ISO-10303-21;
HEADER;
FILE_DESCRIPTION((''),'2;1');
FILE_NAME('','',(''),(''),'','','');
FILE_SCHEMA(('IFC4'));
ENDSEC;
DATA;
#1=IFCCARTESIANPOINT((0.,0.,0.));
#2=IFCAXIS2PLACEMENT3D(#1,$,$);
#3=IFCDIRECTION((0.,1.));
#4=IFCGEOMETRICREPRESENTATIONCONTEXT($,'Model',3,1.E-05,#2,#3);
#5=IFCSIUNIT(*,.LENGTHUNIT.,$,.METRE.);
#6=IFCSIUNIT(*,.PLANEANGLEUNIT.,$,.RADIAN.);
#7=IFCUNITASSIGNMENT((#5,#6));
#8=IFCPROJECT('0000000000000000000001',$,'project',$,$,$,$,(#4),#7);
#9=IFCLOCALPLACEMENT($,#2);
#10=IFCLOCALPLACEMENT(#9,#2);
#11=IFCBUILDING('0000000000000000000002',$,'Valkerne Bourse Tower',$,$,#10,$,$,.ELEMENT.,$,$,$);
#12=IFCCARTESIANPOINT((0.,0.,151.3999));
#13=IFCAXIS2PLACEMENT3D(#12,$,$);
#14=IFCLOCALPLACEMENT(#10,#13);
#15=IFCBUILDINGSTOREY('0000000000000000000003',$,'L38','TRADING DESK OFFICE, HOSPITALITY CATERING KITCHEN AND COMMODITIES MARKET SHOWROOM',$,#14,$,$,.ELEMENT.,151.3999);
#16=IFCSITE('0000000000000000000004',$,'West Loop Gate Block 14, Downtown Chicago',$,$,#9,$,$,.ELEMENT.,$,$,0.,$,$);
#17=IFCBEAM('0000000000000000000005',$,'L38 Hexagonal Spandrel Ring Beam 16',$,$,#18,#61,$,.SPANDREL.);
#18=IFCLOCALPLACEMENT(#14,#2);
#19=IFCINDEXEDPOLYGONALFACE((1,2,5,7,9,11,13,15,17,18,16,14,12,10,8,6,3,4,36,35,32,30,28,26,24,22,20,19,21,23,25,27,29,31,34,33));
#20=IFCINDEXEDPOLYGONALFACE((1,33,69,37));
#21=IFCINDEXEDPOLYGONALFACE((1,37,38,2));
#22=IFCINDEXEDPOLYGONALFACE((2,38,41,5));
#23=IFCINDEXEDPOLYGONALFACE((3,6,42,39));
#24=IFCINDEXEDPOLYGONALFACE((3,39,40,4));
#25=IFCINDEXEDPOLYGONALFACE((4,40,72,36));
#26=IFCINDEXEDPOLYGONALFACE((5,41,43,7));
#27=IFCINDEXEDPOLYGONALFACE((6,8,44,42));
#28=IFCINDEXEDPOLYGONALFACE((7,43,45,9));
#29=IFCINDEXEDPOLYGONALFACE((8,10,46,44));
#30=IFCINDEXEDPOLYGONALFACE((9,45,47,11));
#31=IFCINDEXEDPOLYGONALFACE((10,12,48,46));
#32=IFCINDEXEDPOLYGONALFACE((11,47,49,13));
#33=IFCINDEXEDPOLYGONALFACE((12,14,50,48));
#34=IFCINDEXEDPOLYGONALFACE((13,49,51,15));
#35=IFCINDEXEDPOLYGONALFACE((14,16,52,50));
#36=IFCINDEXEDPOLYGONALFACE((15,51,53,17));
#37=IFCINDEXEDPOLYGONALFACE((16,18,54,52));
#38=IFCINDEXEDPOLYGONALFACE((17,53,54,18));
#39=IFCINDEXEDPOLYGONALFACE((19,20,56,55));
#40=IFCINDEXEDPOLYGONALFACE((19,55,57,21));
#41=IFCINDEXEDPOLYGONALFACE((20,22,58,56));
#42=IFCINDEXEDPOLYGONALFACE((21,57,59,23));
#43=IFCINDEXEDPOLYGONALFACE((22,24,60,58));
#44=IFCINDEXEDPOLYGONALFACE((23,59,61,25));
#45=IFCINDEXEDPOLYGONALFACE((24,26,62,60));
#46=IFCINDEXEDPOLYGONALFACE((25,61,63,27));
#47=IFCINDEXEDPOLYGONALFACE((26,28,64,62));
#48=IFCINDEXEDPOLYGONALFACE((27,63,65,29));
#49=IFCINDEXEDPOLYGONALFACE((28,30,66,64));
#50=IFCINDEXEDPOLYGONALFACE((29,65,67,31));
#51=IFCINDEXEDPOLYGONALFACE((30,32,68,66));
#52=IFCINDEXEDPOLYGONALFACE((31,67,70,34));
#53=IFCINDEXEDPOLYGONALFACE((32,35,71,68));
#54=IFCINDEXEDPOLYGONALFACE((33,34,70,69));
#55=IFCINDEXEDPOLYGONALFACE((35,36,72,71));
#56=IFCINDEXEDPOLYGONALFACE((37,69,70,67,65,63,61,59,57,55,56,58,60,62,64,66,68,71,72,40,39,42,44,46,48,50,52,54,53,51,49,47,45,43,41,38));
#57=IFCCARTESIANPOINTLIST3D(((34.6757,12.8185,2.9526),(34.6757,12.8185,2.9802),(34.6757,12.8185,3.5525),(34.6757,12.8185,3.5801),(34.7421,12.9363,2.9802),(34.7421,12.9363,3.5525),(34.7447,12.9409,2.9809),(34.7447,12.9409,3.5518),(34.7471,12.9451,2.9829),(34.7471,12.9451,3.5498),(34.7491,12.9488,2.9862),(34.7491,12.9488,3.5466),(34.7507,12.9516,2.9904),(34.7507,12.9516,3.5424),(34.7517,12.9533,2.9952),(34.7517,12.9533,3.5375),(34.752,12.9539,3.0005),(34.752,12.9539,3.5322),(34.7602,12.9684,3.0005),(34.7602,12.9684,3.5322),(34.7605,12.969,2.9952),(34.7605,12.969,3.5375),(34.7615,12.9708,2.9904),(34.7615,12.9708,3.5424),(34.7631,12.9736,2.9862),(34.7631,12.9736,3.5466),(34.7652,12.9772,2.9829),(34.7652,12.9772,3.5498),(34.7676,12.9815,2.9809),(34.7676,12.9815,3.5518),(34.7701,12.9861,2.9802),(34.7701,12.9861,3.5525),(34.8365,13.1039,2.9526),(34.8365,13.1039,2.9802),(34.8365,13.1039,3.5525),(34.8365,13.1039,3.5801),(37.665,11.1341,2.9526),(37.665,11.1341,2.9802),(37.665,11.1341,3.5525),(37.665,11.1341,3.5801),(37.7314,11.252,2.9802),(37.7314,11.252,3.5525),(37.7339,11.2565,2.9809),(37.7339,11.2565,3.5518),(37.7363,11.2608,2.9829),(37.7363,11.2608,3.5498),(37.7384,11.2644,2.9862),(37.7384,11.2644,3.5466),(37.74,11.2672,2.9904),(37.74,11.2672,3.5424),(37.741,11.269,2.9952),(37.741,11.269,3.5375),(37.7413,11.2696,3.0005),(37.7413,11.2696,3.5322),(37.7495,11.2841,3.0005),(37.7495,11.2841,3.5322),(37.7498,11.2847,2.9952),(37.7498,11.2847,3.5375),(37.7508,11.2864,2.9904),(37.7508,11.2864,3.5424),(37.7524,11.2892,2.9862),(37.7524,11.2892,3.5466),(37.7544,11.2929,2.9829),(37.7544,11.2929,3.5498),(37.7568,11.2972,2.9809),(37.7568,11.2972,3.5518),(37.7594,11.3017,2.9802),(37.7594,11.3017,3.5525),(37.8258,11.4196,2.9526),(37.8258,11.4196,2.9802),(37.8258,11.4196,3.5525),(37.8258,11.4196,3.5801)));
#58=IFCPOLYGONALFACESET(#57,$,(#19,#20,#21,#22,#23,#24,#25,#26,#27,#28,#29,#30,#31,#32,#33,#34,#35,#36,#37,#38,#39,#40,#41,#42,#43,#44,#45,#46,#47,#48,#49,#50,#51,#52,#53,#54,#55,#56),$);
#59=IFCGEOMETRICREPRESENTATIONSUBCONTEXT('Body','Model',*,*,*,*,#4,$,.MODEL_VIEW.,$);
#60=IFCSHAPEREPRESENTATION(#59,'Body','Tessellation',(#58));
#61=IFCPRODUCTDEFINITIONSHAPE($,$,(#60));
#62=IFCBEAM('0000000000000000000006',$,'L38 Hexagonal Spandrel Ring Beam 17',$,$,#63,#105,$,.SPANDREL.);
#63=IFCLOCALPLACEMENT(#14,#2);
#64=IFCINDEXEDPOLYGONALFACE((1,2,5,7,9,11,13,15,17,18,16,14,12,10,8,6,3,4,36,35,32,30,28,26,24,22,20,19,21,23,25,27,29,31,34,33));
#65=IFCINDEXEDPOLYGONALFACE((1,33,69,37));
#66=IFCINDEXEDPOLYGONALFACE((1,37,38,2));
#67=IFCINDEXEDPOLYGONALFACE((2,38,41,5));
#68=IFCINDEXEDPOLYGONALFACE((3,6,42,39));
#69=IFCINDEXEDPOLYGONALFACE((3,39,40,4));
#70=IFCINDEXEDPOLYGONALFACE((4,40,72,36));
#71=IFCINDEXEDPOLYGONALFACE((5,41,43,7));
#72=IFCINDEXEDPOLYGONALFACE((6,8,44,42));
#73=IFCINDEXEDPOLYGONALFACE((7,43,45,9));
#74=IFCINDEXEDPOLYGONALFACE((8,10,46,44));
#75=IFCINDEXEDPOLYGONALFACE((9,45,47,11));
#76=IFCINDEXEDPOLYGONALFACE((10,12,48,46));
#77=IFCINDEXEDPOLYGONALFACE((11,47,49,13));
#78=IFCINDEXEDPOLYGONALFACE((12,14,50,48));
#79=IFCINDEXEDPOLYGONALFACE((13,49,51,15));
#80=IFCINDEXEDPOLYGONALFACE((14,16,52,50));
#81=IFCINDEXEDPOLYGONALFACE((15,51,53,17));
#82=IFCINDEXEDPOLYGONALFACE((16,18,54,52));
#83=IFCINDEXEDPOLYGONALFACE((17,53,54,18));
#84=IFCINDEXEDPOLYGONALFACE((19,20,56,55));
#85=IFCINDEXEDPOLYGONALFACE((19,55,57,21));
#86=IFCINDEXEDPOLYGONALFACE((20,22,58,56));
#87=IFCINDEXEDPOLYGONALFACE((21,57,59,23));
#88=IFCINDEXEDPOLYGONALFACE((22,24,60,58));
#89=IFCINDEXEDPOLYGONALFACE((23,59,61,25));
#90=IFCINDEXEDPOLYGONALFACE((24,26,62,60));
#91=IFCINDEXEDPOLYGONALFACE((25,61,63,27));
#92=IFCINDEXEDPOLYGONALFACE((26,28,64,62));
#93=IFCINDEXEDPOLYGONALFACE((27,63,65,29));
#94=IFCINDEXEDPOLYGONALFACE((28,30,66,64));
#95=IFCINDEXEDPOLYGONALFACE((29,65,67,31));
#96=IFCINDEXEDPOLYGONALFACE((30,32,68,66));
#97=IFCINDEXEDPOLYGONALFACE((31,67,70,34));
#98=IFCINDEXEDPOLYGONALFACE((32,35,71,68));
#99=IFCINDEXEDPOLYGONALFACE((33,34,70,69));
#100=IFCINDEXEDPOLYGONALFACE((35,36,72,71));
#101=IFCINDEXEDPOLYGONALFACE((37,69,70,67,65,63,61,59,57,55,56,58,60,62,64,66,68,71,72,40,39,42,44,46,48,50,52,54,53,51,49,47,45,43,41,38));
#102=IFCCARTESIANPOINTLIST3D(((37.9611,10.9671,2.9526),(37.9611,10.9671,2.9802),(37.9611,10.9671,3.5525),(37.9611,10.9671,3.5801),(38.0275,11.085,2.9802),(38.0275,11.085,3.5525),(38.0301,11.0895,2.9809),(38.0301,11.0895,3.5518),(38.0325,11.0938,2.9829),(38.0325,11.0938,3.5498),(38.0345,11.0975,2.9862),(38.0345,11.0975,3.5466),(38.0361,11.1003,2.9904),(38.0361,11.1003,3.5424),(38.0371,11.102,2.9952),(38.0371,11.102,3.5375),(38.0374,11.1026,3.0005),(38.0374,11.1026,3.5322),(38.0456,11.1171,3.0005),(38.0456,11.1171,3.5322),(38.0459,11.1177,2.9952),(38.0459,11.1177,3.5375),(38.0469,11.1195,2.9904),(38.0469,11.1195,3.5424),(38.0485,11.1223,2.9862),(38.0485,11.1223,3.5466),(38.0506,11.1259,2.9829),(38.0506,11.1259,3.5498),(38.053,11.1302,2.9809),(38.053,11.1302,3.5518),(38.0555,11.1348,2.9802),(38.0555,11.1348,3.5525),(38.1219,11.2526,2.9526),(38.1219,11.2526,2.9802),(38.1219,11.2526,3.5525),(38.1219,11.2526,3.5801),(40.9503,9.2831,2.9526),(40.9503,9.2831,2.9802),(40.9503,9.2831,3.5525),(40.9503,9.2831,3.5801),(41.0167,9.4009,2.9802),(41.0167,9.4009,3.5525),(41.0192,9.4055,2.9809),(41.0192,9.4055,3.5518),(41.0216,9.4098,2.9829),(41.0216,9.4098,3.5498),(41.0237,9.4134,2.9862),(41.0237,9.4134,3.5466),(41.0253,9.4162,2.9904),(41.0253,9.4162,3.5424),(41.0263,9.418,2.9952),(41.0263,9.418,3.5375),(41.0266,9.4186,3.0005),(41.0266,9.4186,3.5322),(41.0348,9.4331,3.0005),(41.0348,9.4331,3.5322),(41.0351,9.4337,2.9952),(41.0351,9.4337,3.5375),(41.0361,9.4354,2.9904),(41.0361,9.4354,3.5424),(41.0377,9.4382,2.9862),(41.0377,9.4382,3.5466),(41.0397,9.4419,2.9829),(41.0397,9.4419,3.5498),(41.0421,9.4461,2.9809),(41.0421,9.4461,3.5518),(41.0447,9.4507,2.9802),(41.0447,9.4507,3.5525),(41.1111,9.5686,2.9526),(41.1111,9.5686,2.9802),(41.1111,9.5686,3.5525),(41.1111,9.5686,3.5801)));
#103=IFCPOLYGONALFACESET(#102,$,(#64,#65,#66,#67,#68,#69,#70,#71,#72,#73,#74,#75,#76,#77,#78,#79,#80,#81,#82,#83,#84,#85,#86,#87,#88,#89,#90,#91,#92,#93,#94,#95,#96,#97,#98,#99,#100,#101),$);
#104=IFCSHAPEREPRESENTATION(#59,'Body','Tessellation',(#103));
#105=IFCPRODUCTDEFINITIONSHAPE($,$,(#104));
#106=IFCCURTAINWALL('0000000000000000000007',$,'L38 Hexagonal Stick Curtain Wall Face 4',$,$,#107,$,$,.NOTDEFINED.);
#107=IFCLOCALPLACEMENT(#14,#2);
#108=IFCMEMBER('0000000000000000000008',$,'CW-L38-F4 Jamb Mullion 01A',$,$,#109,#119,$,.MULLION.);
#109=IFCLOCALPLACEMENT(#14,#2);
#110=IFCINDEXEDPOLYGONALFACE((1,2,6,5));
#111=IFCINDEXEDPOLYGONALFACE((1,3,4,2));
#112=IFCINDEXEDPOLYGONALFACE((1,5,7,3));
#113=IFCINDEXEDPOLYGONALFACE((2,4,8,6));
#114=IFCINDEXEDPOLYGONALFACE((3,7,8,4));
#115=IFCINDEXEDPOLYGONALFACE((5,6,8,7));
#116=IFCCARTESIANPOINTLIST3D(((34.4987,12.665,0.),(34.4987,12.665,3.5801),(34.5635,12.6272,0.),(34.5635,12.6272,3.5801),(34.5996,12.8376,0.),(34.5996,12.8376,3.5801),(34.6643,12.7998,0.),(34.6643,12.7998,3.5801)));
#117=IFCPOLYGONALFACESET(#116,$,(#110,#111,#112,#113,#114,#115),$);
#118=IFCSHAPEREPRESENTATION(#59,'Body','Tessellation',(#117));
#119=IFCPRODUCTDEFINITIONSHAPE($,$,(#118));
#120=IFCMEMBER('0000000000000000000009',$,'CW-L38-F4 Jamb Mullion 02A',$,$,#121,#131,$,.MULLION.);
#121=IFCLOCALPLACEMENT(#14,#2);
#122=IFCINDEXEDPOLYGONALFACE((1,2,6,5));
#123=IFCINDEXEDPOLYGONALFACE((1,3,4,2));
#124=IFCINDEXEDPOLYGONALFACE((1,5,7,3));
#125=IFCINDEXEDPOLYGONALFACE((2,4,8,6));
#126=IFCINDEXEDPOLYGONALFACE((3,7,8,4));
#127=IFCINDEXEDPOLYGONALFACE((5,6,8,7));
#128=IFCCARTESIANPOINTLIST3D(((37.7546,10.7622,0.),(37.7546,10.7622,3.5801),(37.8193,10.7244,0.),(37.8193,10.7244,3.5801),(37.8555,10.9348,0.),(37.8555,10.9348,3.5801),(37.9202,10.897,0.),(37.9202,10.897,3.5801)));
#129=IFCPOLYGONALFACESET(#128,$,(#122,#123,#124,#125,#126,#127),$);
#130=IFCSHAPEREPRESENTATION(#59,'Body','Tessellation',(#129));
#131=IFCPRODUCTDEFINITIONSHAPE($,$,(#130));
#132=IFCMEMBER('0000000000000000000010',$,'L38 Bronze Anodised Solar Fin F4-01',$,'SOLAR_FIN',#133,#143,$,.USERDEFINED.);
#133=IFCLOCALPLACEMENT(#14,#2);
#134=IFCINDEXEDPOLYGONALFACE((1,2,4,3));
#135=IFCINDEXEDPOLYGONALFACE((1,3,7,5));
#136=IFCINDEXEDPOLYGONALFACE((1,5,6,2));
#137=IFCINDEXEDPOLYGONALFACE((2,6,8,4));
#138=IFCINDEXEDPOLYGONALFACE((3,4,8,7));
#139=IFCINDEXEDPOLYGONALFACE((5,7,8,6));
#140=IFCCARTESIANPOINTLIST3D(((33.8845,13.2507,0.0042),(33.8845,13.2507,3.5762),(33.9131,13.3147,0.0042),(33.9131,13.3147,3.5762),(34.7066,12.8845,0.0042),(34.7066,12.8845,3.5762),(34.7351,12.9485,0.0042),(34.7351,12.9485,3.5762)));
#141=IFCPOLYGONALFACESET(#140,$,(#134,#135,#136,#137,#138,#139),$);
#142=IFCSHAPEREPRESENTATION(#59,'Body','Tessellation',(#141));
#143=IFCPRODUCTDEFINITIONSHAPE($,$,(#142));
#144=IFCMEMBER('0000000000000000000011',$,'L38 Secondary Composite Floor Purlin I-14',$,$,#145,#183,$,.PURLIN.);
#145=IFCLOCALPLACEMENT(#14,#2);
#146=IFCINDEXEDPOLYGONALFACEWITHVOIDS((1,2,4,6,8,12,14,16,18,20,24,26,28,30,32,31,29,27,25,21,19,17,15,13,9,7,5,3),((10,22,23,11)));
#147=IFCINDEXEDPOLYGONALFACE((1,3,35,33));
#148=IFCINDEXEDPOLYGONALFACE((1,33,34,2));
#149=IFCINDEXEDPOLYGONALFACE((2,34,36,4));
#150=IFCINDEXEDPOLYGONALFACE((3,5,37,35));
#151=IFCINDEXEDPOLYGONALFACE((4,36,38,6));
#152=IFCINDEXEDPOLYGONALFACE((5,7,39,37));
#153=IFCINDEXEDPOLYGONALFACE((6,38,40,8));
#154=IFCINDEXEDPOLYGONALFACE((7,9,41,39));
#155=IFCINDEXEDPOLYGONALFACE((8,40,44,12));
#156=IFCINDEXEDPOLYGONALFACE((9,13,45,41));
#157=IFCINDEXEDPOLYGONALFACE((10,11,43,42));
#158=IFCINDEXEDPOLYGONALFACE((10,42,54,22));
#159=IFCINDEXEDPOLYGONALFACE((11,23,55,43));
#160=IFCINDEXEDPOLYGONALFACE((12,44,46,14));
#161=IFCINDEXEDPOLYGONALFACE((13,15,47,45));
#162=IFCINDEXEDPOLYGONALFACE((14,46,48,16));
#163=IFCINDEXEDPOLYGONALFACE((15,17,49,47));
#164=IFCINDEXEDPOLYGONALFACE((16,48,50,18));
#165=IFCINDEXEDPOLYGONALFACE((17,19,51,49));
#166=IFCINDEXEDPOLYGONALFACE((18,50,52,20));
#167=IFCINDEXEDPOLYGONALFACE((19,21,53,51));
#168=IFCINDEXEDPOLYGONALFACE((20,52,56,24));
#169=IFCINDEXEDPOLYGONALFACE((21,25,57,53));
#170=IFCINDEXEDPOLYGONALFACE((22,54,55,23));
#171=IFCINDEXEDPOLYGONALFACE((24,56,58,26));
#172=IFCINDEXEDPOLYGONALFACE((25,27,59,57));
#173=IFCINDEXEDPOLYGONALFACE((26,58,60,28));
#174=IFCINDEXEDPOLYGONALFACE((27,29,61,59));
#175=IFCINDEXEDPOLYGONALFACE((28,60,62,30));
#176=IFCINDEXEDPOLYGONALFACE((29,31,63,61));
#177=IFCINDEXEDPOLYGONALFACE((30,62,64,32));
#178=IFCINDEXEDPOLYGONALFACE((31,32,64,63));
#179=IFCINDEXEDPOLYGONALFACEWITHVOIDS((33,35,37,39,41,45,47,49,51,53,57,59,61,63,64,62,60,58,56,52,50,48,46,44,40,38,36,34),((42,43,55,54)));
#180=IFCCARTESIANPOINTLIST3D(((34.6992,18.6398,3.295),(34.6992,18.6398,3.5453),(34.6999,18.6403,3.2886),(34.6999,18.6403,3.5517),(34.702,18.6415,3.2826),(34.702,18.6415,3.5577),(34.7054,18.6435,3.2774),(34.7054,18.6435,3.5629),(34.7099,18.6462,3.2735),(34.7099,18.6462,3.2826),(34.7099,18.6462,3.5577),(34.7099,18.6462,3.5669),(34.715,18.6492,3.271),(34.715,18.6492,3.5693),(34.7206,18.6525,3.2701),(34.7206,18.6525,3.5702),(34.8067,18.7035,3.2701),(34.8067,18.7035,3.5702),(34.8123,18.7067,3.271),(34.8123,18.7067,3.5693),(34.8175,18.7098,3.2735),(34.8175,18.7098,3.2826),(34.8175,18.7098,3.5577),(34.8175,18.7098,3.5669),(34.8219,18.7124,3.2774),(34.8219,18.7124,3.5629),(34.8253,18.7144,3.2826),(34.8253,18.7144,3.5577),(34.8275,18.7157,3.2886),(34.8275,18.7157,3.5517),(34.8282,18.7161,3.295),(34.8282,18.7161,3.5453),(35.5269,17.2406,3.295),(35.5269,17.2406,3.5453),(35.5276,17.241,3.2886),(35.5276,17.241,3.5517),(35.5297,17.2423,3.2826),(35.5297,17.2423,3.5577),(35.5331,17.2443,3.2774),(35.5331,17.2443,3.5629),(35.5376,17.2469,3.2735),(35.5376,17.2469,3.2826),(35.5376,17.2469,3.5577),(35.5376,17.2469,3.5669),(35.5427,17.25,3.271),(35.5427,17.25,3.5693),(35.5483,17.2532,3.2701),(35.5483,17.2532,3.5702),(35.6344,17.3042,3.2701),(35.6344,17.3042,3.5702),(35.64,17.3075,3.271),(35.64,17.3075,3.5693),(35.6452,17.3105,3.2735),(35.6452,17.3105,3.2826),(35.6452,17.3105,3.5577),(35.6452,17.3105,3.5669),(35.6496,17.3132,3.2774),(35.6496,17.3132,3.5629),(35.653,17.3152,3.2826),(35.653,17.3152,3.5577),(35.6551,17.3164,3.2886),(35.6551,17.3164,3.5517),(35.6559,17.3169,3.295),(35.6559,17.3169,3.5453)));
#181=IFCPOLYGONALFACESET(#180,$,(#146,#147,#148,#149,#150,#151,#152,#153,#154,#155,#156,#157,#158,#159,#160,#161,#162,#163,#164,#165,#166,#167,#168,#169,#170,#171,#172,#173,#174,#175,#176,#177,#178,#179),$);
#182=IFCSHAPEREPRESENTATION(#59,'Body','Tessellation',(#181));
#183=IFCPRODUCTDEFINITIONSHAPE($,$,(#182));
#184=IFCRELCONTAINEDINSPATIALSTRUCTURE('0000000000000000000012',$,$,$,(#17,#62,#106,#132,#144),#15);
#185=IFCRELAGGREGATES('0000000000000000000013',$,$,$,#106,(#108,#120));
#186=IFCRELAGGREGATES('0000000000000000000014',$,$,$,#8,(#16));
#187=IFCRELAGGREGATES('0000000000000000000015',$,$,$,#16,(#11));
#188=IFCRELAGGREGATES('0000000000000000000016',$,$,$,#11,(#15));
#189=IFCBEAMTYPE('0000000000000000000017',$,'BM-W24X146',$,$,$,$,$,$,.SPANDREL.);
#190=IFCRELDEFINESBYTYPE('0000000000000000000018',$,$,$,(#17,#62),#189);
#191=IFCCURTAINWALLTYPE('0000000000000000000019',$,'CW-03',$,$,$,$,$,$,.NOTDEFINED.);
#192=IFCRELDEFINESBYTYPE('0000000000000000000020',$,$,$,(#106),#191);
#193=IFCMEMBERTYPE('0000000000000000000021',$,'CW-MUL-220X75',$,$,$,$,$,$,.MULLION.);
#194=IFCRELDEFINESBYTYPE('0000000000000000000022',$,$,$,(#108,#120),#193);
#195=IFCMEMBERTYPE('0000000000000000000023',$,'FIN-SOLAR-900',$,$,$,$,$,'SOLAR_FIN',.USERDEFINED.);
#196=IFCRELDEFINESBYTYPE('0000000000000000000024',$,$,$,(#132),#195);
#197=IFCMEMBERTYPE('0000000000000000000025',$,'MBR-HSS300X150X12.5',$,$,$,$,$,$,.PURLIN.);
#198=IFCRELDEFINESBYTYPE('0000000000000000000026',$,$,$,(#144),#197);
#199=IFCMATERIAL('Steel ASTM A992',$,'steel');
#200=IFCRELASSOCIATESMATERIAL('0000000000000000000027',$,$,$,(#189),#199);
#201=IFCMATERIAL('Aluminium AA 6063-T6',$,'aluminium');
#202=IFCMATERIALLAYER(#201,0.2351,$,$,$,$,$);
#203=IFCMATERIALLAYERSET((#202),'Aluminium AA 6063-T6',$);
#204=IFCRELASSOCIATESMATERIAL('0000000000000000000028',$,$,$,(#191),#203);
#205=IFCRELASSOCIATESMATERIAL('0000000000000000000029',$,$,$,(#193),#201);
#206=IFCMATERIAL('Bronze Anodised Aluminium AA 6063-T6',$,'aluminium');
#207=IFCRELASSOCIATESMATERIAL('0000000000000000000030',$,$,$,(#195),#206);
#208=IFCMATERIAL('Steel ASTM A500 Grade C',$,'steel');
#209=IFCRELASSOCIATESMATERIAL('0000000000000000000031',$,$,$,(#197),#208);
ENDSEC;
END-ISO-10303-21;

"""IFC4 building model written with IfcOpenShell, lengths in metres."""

from ifc_helpers import new_model, si_unit, direction, frame, origin, origin_2d, place, context, subcontext, project, spatial, rectangle, hollow_rectangle, i_section, extrude, material, layer, layer_set, material_profile, profile_set, type_object, element, aggregate, save


model = new_model("IFC4")

# Units and contexts
model_context = context("Model", 3, precision=1e-05, world=origin(), true_north=direction((0.0, 1.0)))
body_context = subcontext(model_context, "Body", "Model", "MODEL_VIEW")
ifc_project = project(units=[si_unit("LENGTHUNIT", "METRE"), si_unit("PLANEANGLEUNIT", "RADIAN")], contexts=[model_context])

# Site, building, storey
site_placement = place(None, origin())
site = spatial("IfcSite", under=ifc_project, at=site_placement, Name="West Loop Gate Block 14, Downtown Chicago", CompositionType="ELEMENT", RefElevation=0.0)
building_placement = place(site_placement, origin())
building = spatial("IfcBuilding", under=site, at=building_placement, Name="Valkerne Bourse Tower", CompositionType="ELEMENT")
storey_placement = place(building_placement, frame((0.0, 0.0, 151.3999)))
storey = spatial("IfcBuildingStorey", under=building, at=storey_placement, Name="L38", Description="TRADING DESK OFFICE, HOSPITALITY CATERING KITCHEN AND COMMODITIES MARKET SHOWROOM", CompositionType="ELEMENT", Elevation=151.3999)

# Beams
ifc_material_1 = material(Name="Steel ASTM A992", Category="steel")
ifc_material_profile_1 = material_profile(ifc_material_1, i_section(OverallWidth=0.3276, OverallDepth=0.6274, WebThickness=0.0166, FlangeThickness=0.0276, FilletRadius=0.0203, at=origin_2d()), Name="W24X146")
ifc_profile_set_1 = profile_set([ifc_material_profile_1], Name="Steel ASTM A992")
beam_type_1 = type_object("IfcBeamType", Name="BM-W24X146", PredefinedType="SPANDREL", material=ifc_profile_set_1)
beam_1_placement = place(storey_placement, frame((34.7561, 12.9612, 3.2664), z_axis=(0.871218, -0.490896, 0.0), x_axis=(0.490896, 0.871218, 0.0)))
element("IfcBeam", 1, at=beam_1_placement, inside=storey, type_object=beam_type_1, Name="L38 Hexagonal Spandrel Ring Beam 16", PredefinedType="SPANDREL", context=body_context, shape_type="SweptSolid", body=[
    extrude(i_section(OverallWidth=0.3276, OverallDepth=0.6274, WebThickness=0.0166, FlangeThickness=0.0276, FilletRadius=0.0203, at=origin_2d()), origin(), (0.0, 0.0, 1.0), 3.4312),
])
beam_2_placement = place(storey_placement, frame((38.0415, 11.1099, 3.2664), z_axis=(0.871248, -0.490842, 0.0), x_axis=(0.490842, 0.871248, 0.0)))
element("IfcBeam", 2, at=beam_2_placement, inside=storey, type_object=beam_type_1, Name="L38 Hexagonal Spandrel Ring Beam 17", PredefinedType="SPANDREL", context=body_context, shape_type="SweptSolid", body=[
    extrude(i_section(OverallWidth=0.3276, OverallDepth=0.6274, WebThickness=0.0166, FlangeThickness=0.0276, FilletRadius=0.0203, at=origin_2d()), origin(), (0.0, 0.0, 1.0), 3.4309),
])

# Curtain wall, members
ifc_material_2 = material(Name="Aluminium AA 6063-T6", Category="aluminium")
ifc_layer_1 = layer(ifc_material_2, 0.2351)
ifc_layer_set_1 = layer_set([ifc_layer_1], Name="Aluminium AA 6063-T6")
curtain_wall_type = type_object("IfcCurtainWallType", Name="CW-03", PredefinedType="NOTDEFINED", material=ifc_layer_set_1)
curtain_wall_placement = place(storey_placement, origin())
curtain_wall = element("IfcCurtainWall", 3, at=curtain_wall_placement, inside=storey, type_object=curtain_wall_type, Name="L38 Hexagonal Stick Curtain Wall Face 4", PredefinedType="NOTDEFINED")
ifc_material_profile_2 = material_profile(ifc_material_2, rectangle(XDim=0.075, YDim=0.2, at=origin_2d()), Name="CWM-75X200")
ifc_profile_set_2 = profile_set([ifc_material_profile_2], Name="Aluminium AA 6063-T6")
member_type_1 = type_object("IfcMemberType", Name="CW-MUL-220X75", PredefinedType="MULLION", material=ifc_profile_set_2)
member_1_placement = place(storey_placement, frame((34.5815, 12.7324, 0.0), z_axis=(0.0, 0.0, 1.0), x_axis=(0.863388, -0.50454, 0.0)))
member_1 = element("IfcMember", 4, at=member_1_placement, type_object=member_type_1, Name="CW-L38-F4 Jamb Mullion 01A", PredefinedType="MULLION", context=body_context, shape_type="SweptSolid", body=[
    extrude(rectangle(XDim=0.075, YDim=0.2, at=origin_2d()), origin(), (0.0, 0.0, 1.0), 3.5801),
])
member_2_placement = place(storey_placement, frame((37.8374, 10.8296, 0.0), z_axis=(0.0, 0.0, 1.0), x_axis=(0.863395, -0.504529, 0.0)))
member_2 = element("IfcMember", 5, at=member_2_placement, type_object=member_type_1, Name="CW-L38-F4 Jamb Mullion 02A", PredefinedType="MULLION", context=body_context, shape_type="SweptSolid", body=[
    extrude(rectangle(XDim=0.075, YDim=0.2, at=origin_2d()), origin(), (0.0, 0.0, 1.0), 3.5801),
])

# Members
ifc_material_3 = material(Name="Bronze Anodised Aluminium AA 6063-T6", Category="aluminium")
ifc_material_profile_3 = material_profile(ifc_material_3, rectangle(XDim=0.0701, YDim=0.8999, at=origin_2d()), Name="FIN-70X900")
ifc_profile_set_3 = profile_set([ifc_material_profile_3], Name="Bronze Anodised Aluminium AA 6063-T6")
member_type_2 = type_object("IfcMemberType", Name="FIN-SOLAR-900", ElementType="SOLAR_FIN", PredefinedType="USERDEFINED", material=ifc_profile_set_3)
member_3_placement = place(storey_placement, frame((34.3098, 13.0996, 0.0042), z_axis=(0.0, 0.0, 1.0), x_axis=(-0.406905, -0.91347, 0.0)))
element("IfcMember", 6, at=member_3_placement, inside=storey, type_object=member_type_2, Name="L38 Bronze Anodised Solar Fin F4-01", ObjectType="SOLAR_FIN", PredefinedType="USERDEFINED", context=body_context, shape_type="SweptSolid", body=[
    extrude(rectangle(XDim=0.0701, YDim=0.8999, at=origin_2d()), origin(), (0.0, 0.0, 1.0), 3.572),
])
ifc_material_4 = material(Name="Steel ASTM A500 Grade C", Category="steel")
ifc_material_profile_4 = material_profile(ifc_material_4, hollow_rectangle(XDim=0.1499, YDim=0.3, WallThickness=0.0125, OuterFilletRadius=0.0249, at=origin_2d()), Name="HSS300X150X12.5")
ifc_profile_set_4 = profile_set([ifc_material_profile_4], Name="Steel ASTM A500 Grade C")
member_type_3 = type_object("IfcMemberType", Name="MBR-HSS300X150X12.5", PredefinedType="PURLIN", material=ifc_profile_set_4)
member_4_placement = place(storey_placement, frame((34.7637, 18.678, 3.4202), z_axis=(0.509119, -0.860696, 0.0), x_axis=(0.860696, 0.509119, 0.0)))
element("IfcMember", 7, at=member_4_placement, inside=storey, type_object=member_type_3, Name="L38 Secondary Composite Floor Purlin I-14", PredefinedType="PURLIN", context=body_context, shape_type="SweptSolid", body=[
    extrude(hollow_rectangle(XDim=0.1499, YDim=0.3, WallThickness=0.0125, OuterFilletRadius=0.0249, at=origin_2d()), origin(), (0.0, 0.0, 1.0), 1.6257),
])

aggregate(curtain_wall, [member_1, member_2])

save(model, "model.ifc")
